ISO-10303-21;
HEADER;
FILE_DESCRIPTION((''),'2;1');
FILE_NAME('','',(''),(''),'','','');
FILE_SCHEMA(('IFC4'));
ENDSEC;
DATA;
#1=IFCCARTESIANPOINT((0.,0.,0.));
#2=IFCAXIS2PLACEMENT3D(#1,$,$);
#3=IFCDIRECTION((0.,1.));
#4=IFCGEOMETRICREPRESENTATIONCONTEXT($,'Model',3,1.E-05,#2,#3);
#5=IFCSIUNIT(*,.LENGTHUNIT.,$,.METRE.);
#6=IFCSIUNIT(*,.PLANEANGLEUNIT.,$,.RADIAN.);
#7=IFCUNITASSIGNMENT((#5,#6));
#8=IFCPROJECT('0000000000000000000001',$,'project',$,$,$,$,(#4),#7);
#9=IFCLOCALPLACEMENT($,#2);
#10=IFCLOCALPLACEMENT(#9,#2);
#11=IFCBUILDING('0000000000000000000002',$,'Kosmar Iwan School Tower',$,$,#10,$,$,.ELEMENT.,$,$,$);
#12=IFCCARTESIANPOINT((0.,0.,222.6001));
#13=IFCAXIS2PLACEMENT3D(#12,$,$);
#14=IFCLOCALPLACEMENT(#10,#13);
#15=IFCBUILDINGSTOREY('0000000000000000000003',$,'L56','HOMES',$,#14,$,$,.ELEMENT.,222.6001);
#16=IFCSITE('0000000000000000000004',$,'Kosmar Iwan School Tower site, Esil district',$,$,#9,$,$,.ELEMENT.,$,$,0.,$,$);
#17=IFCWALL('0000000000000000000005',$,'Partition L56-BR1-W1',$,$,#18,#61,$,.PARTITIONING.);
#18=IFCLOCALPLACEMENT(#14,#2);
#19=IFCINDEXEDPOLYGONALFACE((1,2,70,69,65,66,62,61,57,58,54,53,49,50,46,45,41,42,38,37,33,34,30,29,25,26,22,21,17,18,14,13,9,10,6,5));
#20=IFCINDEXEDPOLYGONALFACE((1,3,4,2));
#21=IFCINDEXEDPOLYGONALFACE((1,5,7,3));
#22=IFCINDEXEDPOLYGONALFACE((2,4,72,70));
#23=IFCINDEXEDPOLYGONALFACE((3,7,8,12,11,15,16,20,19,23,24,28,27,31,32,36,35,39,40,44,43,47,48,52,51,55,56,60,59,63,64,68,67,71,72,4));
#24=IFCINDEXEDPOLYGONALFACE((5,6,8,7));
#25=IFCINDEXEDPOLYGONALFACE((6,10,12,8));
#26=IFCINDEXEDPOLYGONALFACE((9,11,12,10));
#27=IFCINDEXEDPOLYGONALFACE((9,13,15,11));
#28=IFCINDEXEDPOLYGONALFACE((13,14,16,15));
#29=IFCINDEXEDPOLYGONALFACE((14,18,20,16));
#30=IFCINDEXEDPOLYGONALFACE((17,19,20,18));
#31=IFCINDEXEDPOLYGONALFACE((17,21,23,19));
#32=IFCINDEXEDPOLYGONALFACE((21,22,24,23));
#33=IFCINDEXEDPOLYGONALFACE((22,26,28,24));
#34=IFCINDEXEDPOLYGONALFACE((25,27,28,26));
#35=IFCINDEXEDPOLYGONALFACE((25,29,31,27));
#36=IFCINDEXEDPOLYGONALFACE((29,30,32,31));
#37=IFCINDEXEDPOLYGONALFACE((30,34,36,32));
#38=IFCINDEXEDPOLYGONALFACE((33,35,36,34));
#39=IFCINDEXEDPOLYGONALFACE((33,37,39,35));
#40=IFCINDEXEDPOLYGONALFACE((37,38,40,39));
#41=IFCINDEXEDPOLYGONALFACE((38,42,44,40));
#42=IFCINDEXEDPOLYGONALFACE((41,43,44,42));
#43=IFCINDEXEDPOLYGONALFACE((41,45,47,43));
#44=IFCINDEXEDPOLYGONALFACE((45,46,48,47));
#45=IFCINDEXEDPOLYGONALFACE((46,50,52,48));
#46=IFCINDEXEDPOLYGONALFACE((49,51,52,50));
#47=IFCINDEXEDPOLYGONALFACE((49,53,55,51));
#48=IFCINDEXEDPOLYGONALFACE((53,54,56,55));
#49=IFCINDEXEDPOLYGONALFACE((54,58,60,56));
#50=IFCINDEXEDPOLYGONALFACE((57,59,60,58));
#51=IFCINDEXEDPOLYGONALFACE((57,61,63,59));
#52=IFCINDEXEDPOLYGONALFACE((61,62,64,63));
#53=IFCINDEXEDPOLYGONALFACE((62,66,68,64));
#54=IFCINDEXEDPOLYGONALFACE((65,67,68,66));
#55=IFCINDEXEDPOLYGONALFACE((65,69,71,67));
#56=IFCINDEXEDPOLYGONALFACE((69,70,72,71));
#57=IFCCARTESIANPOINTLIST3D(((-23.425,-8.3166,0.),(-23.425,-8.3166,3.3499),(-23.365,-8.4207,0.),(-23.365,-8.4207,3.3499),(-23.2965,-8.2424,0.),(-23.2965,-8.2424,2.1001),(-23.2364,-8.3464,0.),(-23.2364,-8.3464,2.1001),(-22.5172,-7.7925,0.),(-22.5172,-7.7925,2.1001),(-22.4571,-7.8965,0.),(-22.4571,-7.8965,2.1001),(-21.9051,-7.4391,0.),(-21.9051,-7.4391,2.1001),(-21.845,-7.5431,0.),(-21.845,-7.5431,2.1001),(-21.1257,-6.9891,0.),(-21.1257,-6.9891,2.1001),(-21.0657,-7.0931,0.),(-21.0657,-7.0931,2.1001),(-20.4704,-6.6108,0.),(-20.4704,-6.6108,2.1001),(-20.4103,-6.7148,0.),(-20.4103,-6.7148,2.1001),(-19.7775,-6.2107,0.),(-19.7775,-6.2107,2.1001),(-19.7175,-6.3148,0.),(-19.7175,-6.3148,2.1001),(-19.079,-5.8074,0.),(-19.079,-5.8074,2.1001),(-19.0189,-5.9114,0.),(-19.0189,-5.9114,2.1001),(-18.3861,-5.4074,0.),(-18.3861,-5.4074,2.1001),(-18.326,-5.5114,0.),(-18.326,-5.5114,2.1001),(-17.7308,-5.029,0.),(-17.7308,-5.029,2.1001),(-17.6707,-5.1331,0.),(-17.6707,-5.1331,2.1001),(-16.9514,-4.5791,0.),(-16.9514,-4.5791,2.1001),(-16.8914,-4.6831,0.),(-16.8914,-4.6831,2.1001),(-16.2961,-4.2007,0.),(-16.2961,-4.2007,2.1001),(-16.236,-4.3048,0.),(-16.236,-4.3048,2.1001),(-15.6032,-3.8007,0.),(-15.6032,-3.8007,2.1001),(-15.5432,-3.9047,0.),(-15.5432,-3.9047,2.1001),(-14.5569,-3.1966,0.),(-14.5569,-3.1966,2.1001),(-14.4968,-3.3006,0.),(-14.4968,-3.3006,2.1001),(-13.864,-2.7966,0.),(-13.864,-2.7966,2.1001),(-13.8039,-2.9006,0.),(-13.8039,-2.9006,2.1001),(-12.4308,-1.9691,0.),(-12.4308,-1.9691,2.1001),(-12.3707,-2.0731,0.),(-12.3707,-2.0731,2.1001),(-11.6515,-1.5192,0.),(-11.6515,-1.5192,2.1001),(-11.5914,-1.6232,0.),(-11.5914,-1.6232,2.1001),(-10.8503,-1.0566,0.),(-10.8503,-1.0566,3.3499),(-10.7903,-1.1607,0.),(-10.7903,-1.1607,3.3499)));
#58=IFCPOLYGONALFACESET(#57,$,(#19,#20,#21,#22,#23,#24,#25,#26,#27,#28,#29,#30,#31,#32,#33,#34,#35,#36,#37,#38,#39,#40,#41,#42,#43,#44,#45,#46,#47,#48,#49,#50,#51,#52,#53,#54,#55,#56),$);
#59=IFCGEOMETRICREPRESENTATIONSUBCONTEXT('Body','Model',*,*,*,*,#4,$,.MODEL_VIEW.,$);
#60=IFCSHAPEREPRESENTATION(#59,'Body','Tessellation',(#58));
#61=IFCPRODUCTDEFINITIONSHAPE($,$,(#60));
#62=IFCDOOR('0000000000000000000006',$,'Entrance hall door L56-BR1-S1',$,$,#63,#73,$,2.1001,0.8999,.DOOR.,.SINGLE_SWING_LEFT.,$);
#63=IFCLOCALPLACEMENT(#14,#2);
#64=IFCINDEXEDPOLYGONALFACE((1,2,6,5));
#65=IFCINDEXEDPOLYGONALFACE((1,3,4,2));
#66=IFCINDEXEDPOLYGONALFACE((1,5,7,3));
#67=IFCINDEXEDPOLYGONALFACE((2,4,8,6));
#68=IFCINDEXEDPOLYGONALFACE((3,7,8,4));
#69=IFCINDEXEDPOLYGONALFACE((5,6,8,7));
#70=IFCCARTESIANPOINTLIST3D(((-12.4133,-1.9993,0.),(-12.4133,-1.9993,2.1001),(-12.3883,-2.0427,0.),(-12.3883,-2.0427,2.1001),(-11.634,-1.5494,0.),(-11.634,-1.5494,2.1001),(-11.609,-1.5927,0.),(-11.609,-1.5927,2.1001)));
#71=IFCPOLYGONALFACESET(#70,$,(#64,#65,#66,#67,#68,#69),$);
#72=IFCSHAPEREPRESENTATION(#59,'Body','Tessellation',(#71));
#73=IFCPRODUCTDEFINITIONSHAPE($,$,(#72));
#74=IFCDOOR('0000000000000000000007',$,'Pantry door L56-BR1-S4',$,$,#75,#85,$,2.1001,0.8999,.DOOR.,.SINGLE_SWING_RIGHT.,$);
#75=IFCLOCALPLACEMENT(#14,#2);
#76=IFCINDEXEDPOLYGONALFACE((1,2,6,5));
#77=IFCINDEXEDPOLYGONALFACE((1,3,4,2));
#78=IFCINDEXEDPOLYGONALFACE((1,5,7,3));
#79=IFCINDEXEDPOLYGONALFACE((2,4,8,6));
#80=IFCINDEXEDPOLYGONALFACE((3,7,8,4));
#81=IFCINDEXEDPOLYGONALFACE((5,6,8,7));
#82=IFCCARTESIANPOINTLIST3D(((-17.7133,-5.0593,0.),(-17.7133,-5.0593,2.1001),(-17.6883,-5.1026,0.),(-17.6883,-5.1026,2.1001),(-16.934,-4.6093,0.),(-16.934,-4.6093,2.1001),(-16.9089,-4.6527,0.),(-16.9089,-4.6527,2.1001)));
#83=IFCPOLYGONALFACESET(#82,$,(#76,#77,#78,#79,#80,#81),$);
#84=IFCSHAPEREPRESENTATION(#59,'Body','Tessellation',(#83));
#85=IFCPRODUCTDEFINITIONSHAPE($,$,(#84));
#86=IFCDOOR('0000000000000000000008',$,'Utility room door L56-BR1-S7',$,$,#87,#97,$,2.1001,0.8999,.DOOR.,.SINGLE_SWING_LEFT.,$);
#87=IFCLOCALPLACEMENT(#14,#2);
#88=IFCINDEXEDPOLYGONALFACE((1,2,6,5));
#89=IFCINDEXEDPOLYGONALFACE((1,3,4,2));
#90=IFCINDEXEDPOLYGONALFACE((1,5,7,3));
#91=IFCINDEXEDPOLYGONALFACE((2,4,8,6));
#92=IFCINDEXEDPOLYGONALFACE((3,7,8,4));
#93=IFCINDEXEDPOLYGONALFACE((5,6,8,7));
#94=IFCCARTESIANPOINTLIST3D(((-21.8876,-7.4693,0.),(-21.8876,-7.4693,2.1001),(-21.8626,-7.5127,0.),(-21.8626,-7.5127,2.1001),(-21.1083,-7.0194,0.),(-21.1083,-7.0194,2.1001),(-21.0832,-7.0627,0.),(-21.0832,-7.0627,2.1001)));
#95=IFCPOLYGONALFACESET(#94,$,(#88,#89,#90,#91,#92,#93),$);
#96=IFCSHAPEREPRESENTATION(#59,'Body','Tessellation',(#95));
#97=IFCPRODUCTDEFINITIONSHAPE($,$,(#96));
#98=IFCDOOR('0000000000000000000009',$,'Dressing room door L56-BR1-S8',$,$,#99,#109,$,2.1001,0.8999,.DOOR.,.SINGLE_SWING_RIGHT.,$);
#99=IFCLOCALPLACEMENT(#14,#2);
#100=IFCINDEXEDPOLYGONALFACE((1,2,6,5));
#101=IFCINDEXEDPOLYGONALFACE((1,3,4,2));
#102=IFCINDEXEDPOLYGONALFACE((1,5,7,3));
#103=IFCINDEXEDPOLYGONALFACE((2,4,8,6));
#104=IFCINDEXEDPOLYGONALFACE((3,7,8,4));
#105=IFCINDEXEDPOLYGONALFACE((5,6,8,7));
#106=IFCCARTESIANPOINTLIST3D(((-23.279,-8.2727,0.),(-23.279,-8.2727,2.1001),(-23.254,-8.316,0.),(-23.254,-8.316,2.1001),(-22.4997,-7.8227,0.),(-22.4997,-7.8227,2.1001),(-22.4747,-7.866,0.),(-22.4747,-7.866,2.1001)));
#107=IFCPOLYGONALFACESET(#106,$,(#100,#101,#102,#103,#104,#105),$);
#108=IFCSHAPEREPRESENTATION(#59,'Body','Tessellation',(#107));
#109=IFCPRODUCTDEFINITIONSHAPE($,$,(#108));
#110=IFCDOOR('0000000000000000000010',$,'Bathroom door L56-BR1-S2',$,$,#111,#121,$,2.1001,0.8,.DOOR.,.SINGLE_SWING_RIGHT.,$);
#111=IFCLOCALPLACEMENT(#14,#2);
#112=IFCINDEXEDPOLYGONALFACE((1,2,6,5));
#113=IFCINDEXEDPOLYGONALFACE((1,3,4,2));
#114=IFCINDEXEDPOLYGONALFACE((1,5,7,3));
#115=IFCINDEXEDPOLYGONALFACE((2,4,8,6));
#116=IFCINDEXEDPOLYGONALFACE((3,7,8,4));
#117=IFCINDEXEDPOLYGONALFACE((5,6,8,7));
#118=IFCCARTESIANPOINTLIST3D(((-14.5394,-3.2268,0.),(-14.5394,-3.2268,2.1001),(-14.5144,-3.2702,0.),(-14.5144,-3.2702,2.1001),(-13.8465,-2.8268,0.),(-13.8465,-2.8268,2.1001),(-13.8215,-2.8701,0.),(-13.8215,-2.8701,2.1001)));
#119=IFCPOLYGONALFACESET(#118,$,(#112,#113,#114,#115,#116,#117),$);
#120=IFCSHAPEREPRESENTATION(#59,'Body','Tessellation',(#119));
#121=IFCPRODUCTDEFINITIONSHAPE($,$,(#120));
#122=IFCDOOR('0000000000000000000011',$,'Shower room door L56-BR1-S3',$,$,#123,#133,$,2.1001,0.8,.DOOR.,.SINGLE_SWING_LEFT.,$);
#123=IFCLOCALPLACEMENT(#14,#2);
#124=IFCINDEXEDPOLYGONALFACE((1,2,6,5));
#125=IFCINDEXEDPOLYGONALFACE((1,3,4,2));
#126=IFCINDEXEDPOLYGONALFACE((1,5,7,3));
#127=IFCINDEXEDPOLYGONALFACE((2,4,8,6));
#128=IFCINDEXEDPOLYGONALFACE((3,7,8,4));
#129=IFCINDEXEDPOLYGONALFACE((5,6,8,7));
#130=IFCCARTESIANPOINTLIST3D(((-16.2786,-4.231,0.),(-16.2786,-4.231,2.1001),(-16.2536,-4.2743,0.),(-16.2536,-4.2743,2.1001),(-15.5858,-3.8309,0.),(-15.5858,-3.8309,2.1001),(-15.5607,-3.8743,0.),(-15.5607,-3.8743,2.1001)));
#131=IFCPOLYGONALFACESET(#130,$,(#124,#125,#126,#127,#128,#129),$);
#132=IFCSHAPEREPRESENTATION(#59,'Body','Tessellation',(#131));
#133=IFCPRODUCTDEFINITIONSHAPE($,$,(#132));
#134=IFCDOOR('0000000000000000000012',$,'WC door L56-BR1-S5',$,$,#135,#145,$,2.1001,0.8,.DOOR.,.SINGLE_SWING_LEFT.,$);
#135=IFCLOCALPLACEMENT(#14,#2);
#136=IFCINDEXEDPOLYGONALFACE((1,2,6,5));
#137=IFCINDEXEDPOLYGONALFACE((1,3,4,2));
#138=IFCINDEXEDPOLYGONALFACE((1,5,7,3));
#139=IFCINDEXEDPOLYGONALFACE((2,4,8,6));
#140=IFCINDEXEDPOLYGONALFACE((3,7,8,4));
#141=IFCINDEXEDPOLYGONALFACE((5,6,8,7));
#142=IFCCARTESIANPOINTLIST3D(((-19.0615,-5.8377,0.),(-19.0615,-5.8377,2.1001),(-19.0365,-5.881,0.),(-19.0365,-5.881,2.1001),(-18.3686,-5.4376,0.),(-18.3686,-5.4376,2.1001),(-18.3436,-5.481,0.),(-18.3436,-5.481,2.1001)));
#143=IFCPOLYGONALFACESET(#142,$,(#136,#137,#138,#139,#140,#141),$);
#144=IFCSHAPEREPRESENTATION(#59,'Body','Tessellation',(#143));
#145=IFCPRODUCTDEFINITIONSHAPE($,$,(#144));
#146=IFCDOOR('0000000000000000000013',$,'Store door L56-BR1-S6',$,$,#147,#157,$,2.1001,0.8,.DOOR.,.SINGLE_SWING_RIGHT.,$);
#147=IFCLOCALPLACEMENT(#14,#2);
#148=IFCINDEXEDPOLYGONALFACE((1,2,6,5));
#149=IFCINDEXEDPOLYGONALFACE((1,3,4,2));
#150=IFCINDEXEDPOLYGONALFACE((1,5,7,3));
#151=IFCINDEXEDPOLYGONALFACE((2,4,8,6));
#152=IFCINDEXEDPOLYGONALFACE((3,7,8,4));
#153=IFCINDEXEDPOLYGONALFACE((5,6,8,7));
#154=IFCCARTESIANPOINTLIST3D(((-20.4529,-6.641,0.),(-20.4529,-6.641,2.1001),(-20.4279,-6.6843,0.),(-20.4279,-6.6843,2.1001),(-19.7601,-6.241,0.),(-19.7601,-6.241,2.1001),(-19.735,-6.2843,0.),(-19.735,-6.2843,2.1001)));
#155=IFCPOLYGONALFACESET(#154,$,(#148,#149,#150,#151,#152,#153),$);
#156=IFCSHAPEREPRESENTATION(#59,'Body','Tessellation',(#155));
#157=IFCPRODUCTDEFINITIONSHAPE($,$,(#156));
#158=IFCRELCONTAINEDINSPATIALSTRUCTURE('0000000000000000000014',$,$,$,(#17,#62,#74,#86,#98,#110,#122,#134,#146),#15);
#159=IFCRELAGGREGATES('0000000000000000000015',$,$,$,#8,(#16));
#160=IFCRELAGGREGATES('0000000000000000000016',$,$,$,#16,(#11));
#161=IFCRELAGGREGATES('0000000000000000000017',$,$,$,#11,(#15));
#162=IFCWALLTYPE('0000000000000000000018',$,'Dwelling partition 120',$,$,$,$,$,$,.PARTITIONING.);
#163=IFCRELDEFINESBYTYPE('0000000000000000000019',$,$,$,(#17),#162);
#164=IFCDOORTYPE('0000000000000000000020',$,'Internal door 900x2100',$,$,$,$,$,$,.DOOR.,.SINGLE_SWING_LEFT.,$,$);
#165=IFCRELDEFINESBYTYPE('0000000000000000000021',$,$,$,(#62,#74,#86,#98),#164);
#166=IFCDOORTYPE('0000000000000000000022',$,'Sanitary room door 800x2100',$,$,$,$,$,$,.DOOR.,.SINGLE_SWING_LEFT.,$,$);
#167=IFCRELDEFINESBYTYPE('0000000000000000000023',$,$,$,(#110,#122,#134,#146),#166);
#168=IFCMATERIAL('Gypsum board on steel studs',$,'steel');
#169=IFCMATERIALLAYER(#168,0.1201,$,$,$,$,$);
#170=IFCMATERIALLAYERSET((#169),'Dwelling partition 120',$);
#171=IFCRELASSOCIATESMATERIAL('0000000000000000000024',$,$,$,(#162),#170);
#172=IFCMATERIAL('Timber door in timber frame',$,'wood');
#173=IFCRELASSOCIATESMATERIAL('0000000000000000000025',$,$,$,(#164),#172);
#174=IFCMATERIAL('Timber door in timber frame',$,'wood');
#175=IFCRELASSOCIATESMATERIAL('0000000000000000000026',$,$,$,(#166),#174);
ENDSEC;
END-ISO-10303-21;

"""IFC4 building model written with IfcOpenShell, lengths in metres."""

from ifc_helpers import new_model, si_unit, direction, frame, frame_2d, origin, place, context, subcontext, project, spatial, rectangle, extrude, material, layer, layer_set, type_object, element, fill, save


model = new_model("IFC4")

# Units and contexts
model_context = context("Model", 3, precision=1e-05, world=origin(), true_north=direction((0.0, 1.0)))
body_context = subcontext(model_context, "Body", "Model", "MODEL_VIEW")
ifc_project = project(units=[si_unit("LENGTHUNIT", "METRE"), si_unit("PLANEANGLEUNIT", "RADIAN")], contexts=[model_context])

# Site, building, storey
site_placement = place(None, origin())
site = spatial("IfcSite", under=ifc_project, at=site_placement, Name="Kosmar Iwan School Tower site, Esil district", CompositionType="ELEMENT", RefElevation=0.0)
building_placement = place(site_placement, origin())
building = spatial("IfcBuilding", under=site, at=building_placement, Name="Kosmar Iwan School Tower", CompositionType="ELEMENT")
storey_placement = place(building_placement, frame((0.0, 0.0, 222.6001)))
storey = spatial("IfcBuildingStorey", under=building, at=storey_placement, Name="L56", Description="HOMES", CompositionType="ELEMENT", Elevation=222.6001)

# Shared definitions
ifc_material_1 = material(Name="Gypsum board on steel studs", Category="steel")
ifc_layer_1 = layer(ifc_material_1, 0.1201)
ifc_layer_set_1 = layer_set([ifc_layer_1], Name="Dwelling partition 120")
wall_type_1 = type_object("IfcWallType", Name="Dwelling partition 120", PredefinedType="PARTITIONING", material=ifc_layer_set_1)

# Wall, openings, doors
wall_1_placement = place(storey_placement, frame((-10.8203, -1.1086, 0.0), z_axis=(0.0, 0.0, 1.0), x_axis=(-0.866025, -0.5, 0.0)))
wall_1 = element("IfcWall", 1, at=wall_1_placement, inside=storey, type_object=wall_type_1, Name="Partition L56-BR1-W1", PredefinedType="PARTITIONING", context=body_context, shape_type="SweptSolid", body=[
    extrude(rectangle(XDim=14.52, YDim=0.1201, at=frame_2d((7.26, 0.0))), origin(), (0.0, 0.0, 1.0), 3.3499),
])
opening_1_placement = place(wall_1_placement, frame((0.925, 0.0, 0.0)))
opening_1 = element("IfcOpeningElement", 2, at=opening_1_placement, cuts=wall_1, PredefinedType="OPENING", context=body_context, shape_type="SweptSolid", body=[
    extrude(rectangle(XDim=0.8999, YDim=2.1001, at=frame_2d((0.45, 1.05))), frame((0.0, 0.072, 0.0), z_axis=(0.0, -1.0, 0.0), x_axis=(1.0, 0.0, 0.0)), (0.0, 0.0, 1.0), 0.144),
])
opening_2_placement = place(wall_1_placement, frame((3.48, 0.0, 0.0)))
opening_2 = element("IfcOpeningElement", 3, at=opening_2_placement, cuts=wall_1, PredefinedType="OPENING", context=body_context, shape_type="SweptSolid", body=[
    extrude(rectangle(XDim=0.8, YDim=2.1001, at=frame_2d((0.3999, 1.05))), frame((0.0, 0.072, 0.0), z_axis=(0.0, -1.0, 0.0), x_axis=(1.0, 0.0, 0.0)), (0.0, 0.0, 1.0), 0.144),
])
opening_3_placement = place(wall_1_placement, frame((5.4883, 0.0, 0.0)))
opening_3 = element("IfcOpeningElement", 4, at=opening_3_placement, cuts=wall_1, PredefinedType="OPENING", context=body_context, shape_type="SweptSolid", body=[
    extrude(rectangle(XDim=0.8, YDim=2.1001, at=frame_2d((0.3999, 1.05))), frame((0.0, 0.072, 0.0), z_axis=(0.0, -1.0, 0.0), x_axis=(1.0, 0.0, 0.0)), (0.0, 0.0, 1.0), 0.144),
])
opening_4_placement = place(wall_1_placement, frame((7.0449, 0.0, 0.0)))
opening_4 = element("IfcOpeningElement", 5, at=opening_4_placement, cuts=wall_1, PredefinedType="OPENING", context=body_context, shape_type="SweptSolid", body=[
    extrude(rectangle(XDim=0.8999, YDim=2.1001, at=frame_2d((0.45, 1.05))), frame((0.0, 0.072, 0.0), z_axis=(0.0, -1.0, 0.0), x_axis=(1.0, 0.0, 0.0)), (0.0, 0.0, 1.0), 0.144),
])
opening_5_placement = place(wall_1_placement, frame((8.7017, 0.0, 0.0)))
opening_5 = element("IfcOpeningElement", 6, at=opening_5_placement, cuts=wall_1, PredefinedType="OPENING", context=body_context, shape_type="SweptSolid", body=[
    extrude(rectangle(XDim=0.8, YDim=2.1001, at=frame_2d((0.3999, 1.05))), frame((0.0, 0.072, 0.0), z_axis=(0.0, -1.0, 0.0), x_axis=(1.0, 0.0, 0.0)), (0.0, 0.0, 1.0), 0.144),
])
opening_6_placement = place(wall_1_placement, frame((10.3083, 0.0, 0.0)))
opening_6 = element("IfcOpeningElement", 7, at=opening_6_placement, cuts=wall_1, PredefinedType="OPENING", context=body_context, shape_type="SweptSolid", body=[
    extrude(rectangle(XDim=0.8, YDim=2.1001, at=frame_2d((0.3999, 1.05))), frame((0.0, 0.072, 0.0), z_axis=(0.0, -1.0, 0.0), x_axis=(1.0, 0.0, 0.0)), (0.0, 0.0, 1.0), 0.144),
])
opening_7_placement = place(wall_1_placement, frame((11.865, 0.0, 0.0)))
opening_7 = element("IfcOpeningElement", 8, at=opening_7_placement, cuts=wall_1, PredefinedType="OPENING", context=body_context, shape_type="SweptSolid", body=[
    extrude(rectangle(XDim=0.8999, YDim=2.1001, at=frame_2d((0.45, 1.05))), frame((0.0, 0.072, 0.0), z_axis=(0.0, -1.0, 0.0), x_axis=(1.0, 0.0, 0.0)), (0.0, 0.0, 1.0), 0.144),
])
opening_8_placement = place(wall_1_placement, frame((13.4717, 0.0, 0.0)))
opening_8 = element("IfcOpeningElement", 9, at=opening_8_placement, cuts=wall_1, PredefinedType="OPENING", context=body_context, shape_type="SweptSolid", body=[
    extrude(rectangle(XDim=0.8999, YDim=2.1001, at=frame_2d((0.45, 1.05))), frame((0.0, 0.072, 0.0), z_axis=(0.0, -1.0, 0.0), x_axis=(1.0, 0.0, 0.0)), (0.0, 0.0, 1.0), 0.144),
])
ifc_material_2 = material(Name="Timber door in timber frame", Category="wood")
door_type_1 = type_object("IfcDoorType", Name="Internal door 900x2100", OperationType="SINGLE_SWING_LEFT", PredefinedType="DOOR", material=ifc_material_2)
door_1_placement = place(opening_1_placement, origin())
door_1 = element("IfcDoor", 10, at=door_1_placement, inside=storey, type_object=door_type_1, Name="Entrance hall door L56-BR1-S1", OperationType="SINGLE_SWING_LEFT", OverallHeight=2.1001, OverallWidth=0.8999, PredefinedType="DOOR", context=body_context, shape_type="SweptSolid", body=[
    extrude(rectangle(XDim=0.8999, YDim=2.1001, at=frame_2d((0.45, 1.05))), frame((0.0, 0.0249, 0.0), z_axis=(0.0, -1.0, 0.0), x_axis=(1.0, 0.0, 0.0)), (0.0, 0.0, 1.0), 0.05),
])
fill(opening_1, door_1)
door_2_placement = place(opening_4_placement, origin())
door_2 = element("IfcDoor", 11, at=door_2_placement, inside=storey, type_object=door_type_1, Name="Pantry door L56-BR1-S4", OperationType="SINGLE_SWING_RIGHT", OverallHeight=2.1001, OverallWidth=0.8999, PredefinedType="DOOR", context=body_context, shape_type="SweptSolid", body=[
    extrude(rectangle(XDim=0.8999, YDim=2.1001, at=frame_2d((0.45, 1.05))), frame((0.0, 0.0249, 0.0), z_axis=(0.0, -1.0, 0.0), x_axis=(1.0, 0.0, 0.0)), (0.0, 0.0, 1.0), 0.05),
])
fill(opening_4, door_2)
door_3_placement = place(opening_7_placement, origin())
door_3 = element("IfcDoor", 12, at=door_3_placement, inside=storey, type_object=door_type_1, Name="Utility room door L56-BR1-S7", OperationType="SINGLE_SWING_LEFT", OverallHeight=2.1001, OverallWidth=0.8999, PredefinedType="DOOR", context=body_context, shape_type="SweptSolid", body=[
    extrude(rectangle(XDim=0.8999, YDim=2.1001, at=frame_2d((0.45, 1.05))), frame((0.0, 0.0249, 0.0), z_axis=(0.0, -1.0, 0.0), x_axis=(1.0, 0.0, 0.0)), (0.0, 0.0, 1.0), 0.05),
])
fill(opening_7, door_3)
door_4_placement = place(opening_8_placement, origin())
door_4 = element("IfcDoor", 13, at=door_4_placement, inside=storey, type_object=door_type_1, Name="Dressing room door L56-BR1-S8", OperationType="SINGLE_SWING_RIGHT", OverallHeight=2.1001, OverallWidth=0.8999, PredefinedType="DOOR", context=body_context, shape_type="SweptSolid", body=[
    extrude(rectangle(XDim=0.8999, YDim=2.1001, at=frame_2d((0.45, 1.05))), frame((0.0, 0.0249, 0.0), z_axis=(0.0, -1.0, 0.0), x_axis=(1.0, 0.0, 0.0)), (0.0, 0.0, 1.0), 0.05),
])
fill(opening_8, door_4)
ifc_material_3 = material(Name="Timber door in timber frame", Category="wood")
door_type_2 = type_object("IfcDoorType", Name="Sanitary room door 800x2100", OperationType="SINGLE_SWING_LEFT", PredefinedType="DOOR", material=ifc_material_3)
door_5_placement = place(opening_2_placement, origin())
door_5 = element("IfcDoor", 14, at=door_5_placement, inside=storey, type_object=door_type_2, Name="Bathroom door L56-BR1-S2", OperationType="SINGLE_SWING_RIGHT", OverallHeight=2.1001, OverallWidth=0.8, PredefinedType="DOOR", context=body_context, shape_type="SweptSolid", body=[
    extrude(rectangle(XDim=0.8, YDim=2.1001, at=frame_2d((0.3999, 1.05))), frame((0.0, 0.0249, 0.0), z_axis=(0.0, -1.0, 0.0), x_axis=(1.0, 0.0, 0.0)), (0.0, 0.0, 1.0), 0.05),
])
fill(opening_2, door_5)
door_6_placement = place(opening_3_placement, origin())
door_6 = element("IfcDoor", 15, at=door_6_placement, inside=storey, type_object=door_type_2, Name="Shower room door L56-BR1-S3", OperationType="SINGLE_SWING_LEFT", OverallHeight=2.1001, OverallWidth=0.8, PredefinedType="DOOR", context=body_context, shape_type="SweptSolid", body=[
    extrude(rectangle(XDim=0.8, YDim=2.1001, at=frame_2d((0.3999, 1.05))), frame((0.0, 0.0249, 0.0), z_axis=(0.0, -1.0, 0.0), x_axis=(1.0, 0.0, 0.0)), (0.0, 0.0, 1.0), 0.05),
])
fill(opening_3, door_6)
door_7_placement = place(opening_5_placement, origin())
door_7 = element("IfcDoor", 16, at=door_7_placement, inside=storey, type_object=door_type_2, Name="WC door L56-BR1-S5", OperationType="SINGLE_SWING_LEFT", OverallHeight=2.1001, OverallWidth=0.8, PredefinedType="DOOR", context=body_context, shape_type="SweptSolid", body=[
    extrude(rectangle(XDim=0.8, YDim=2.1001, at=frame_2d((0.3999, 1.05))), frame((0.0, 0.0249, 0.0), z_axis=(0.0, -1.0, 0.0), x_axis=(1.0, 0.0, 0.0)), (0.0, 0.0, 1.0), 0.05),
])
fill(opening_5, door_7)
door_8_placement = place(opening_6_placement, origin())
door_8 = element("IfcDoor", 17, at=door_8_placement, inside=storey, type_object=door_type_2, Name="Store door L56-BR1-S6", OperationType="SINGLE_SWING_RIGHT", OverallHeight=2.1001, OverallWidth=0.8, PredefinedType="DOOR", context=body_context, shape_type="SweptSolid", body=[
    extrude(rectangle(XDim=0.8, YDim=2.1001, at=frame_2d((0.3999, 1.05))), frame((0.0, 0.0249, 0.0), z_axis=(0.0, -1.0, 0.0), x_axis=(1.0, 0.0, 0.0)), (0.0, 0.0, 1.0), 0.05),
])
fill(opening_6, door_8)

save(model, "model.ifc")
